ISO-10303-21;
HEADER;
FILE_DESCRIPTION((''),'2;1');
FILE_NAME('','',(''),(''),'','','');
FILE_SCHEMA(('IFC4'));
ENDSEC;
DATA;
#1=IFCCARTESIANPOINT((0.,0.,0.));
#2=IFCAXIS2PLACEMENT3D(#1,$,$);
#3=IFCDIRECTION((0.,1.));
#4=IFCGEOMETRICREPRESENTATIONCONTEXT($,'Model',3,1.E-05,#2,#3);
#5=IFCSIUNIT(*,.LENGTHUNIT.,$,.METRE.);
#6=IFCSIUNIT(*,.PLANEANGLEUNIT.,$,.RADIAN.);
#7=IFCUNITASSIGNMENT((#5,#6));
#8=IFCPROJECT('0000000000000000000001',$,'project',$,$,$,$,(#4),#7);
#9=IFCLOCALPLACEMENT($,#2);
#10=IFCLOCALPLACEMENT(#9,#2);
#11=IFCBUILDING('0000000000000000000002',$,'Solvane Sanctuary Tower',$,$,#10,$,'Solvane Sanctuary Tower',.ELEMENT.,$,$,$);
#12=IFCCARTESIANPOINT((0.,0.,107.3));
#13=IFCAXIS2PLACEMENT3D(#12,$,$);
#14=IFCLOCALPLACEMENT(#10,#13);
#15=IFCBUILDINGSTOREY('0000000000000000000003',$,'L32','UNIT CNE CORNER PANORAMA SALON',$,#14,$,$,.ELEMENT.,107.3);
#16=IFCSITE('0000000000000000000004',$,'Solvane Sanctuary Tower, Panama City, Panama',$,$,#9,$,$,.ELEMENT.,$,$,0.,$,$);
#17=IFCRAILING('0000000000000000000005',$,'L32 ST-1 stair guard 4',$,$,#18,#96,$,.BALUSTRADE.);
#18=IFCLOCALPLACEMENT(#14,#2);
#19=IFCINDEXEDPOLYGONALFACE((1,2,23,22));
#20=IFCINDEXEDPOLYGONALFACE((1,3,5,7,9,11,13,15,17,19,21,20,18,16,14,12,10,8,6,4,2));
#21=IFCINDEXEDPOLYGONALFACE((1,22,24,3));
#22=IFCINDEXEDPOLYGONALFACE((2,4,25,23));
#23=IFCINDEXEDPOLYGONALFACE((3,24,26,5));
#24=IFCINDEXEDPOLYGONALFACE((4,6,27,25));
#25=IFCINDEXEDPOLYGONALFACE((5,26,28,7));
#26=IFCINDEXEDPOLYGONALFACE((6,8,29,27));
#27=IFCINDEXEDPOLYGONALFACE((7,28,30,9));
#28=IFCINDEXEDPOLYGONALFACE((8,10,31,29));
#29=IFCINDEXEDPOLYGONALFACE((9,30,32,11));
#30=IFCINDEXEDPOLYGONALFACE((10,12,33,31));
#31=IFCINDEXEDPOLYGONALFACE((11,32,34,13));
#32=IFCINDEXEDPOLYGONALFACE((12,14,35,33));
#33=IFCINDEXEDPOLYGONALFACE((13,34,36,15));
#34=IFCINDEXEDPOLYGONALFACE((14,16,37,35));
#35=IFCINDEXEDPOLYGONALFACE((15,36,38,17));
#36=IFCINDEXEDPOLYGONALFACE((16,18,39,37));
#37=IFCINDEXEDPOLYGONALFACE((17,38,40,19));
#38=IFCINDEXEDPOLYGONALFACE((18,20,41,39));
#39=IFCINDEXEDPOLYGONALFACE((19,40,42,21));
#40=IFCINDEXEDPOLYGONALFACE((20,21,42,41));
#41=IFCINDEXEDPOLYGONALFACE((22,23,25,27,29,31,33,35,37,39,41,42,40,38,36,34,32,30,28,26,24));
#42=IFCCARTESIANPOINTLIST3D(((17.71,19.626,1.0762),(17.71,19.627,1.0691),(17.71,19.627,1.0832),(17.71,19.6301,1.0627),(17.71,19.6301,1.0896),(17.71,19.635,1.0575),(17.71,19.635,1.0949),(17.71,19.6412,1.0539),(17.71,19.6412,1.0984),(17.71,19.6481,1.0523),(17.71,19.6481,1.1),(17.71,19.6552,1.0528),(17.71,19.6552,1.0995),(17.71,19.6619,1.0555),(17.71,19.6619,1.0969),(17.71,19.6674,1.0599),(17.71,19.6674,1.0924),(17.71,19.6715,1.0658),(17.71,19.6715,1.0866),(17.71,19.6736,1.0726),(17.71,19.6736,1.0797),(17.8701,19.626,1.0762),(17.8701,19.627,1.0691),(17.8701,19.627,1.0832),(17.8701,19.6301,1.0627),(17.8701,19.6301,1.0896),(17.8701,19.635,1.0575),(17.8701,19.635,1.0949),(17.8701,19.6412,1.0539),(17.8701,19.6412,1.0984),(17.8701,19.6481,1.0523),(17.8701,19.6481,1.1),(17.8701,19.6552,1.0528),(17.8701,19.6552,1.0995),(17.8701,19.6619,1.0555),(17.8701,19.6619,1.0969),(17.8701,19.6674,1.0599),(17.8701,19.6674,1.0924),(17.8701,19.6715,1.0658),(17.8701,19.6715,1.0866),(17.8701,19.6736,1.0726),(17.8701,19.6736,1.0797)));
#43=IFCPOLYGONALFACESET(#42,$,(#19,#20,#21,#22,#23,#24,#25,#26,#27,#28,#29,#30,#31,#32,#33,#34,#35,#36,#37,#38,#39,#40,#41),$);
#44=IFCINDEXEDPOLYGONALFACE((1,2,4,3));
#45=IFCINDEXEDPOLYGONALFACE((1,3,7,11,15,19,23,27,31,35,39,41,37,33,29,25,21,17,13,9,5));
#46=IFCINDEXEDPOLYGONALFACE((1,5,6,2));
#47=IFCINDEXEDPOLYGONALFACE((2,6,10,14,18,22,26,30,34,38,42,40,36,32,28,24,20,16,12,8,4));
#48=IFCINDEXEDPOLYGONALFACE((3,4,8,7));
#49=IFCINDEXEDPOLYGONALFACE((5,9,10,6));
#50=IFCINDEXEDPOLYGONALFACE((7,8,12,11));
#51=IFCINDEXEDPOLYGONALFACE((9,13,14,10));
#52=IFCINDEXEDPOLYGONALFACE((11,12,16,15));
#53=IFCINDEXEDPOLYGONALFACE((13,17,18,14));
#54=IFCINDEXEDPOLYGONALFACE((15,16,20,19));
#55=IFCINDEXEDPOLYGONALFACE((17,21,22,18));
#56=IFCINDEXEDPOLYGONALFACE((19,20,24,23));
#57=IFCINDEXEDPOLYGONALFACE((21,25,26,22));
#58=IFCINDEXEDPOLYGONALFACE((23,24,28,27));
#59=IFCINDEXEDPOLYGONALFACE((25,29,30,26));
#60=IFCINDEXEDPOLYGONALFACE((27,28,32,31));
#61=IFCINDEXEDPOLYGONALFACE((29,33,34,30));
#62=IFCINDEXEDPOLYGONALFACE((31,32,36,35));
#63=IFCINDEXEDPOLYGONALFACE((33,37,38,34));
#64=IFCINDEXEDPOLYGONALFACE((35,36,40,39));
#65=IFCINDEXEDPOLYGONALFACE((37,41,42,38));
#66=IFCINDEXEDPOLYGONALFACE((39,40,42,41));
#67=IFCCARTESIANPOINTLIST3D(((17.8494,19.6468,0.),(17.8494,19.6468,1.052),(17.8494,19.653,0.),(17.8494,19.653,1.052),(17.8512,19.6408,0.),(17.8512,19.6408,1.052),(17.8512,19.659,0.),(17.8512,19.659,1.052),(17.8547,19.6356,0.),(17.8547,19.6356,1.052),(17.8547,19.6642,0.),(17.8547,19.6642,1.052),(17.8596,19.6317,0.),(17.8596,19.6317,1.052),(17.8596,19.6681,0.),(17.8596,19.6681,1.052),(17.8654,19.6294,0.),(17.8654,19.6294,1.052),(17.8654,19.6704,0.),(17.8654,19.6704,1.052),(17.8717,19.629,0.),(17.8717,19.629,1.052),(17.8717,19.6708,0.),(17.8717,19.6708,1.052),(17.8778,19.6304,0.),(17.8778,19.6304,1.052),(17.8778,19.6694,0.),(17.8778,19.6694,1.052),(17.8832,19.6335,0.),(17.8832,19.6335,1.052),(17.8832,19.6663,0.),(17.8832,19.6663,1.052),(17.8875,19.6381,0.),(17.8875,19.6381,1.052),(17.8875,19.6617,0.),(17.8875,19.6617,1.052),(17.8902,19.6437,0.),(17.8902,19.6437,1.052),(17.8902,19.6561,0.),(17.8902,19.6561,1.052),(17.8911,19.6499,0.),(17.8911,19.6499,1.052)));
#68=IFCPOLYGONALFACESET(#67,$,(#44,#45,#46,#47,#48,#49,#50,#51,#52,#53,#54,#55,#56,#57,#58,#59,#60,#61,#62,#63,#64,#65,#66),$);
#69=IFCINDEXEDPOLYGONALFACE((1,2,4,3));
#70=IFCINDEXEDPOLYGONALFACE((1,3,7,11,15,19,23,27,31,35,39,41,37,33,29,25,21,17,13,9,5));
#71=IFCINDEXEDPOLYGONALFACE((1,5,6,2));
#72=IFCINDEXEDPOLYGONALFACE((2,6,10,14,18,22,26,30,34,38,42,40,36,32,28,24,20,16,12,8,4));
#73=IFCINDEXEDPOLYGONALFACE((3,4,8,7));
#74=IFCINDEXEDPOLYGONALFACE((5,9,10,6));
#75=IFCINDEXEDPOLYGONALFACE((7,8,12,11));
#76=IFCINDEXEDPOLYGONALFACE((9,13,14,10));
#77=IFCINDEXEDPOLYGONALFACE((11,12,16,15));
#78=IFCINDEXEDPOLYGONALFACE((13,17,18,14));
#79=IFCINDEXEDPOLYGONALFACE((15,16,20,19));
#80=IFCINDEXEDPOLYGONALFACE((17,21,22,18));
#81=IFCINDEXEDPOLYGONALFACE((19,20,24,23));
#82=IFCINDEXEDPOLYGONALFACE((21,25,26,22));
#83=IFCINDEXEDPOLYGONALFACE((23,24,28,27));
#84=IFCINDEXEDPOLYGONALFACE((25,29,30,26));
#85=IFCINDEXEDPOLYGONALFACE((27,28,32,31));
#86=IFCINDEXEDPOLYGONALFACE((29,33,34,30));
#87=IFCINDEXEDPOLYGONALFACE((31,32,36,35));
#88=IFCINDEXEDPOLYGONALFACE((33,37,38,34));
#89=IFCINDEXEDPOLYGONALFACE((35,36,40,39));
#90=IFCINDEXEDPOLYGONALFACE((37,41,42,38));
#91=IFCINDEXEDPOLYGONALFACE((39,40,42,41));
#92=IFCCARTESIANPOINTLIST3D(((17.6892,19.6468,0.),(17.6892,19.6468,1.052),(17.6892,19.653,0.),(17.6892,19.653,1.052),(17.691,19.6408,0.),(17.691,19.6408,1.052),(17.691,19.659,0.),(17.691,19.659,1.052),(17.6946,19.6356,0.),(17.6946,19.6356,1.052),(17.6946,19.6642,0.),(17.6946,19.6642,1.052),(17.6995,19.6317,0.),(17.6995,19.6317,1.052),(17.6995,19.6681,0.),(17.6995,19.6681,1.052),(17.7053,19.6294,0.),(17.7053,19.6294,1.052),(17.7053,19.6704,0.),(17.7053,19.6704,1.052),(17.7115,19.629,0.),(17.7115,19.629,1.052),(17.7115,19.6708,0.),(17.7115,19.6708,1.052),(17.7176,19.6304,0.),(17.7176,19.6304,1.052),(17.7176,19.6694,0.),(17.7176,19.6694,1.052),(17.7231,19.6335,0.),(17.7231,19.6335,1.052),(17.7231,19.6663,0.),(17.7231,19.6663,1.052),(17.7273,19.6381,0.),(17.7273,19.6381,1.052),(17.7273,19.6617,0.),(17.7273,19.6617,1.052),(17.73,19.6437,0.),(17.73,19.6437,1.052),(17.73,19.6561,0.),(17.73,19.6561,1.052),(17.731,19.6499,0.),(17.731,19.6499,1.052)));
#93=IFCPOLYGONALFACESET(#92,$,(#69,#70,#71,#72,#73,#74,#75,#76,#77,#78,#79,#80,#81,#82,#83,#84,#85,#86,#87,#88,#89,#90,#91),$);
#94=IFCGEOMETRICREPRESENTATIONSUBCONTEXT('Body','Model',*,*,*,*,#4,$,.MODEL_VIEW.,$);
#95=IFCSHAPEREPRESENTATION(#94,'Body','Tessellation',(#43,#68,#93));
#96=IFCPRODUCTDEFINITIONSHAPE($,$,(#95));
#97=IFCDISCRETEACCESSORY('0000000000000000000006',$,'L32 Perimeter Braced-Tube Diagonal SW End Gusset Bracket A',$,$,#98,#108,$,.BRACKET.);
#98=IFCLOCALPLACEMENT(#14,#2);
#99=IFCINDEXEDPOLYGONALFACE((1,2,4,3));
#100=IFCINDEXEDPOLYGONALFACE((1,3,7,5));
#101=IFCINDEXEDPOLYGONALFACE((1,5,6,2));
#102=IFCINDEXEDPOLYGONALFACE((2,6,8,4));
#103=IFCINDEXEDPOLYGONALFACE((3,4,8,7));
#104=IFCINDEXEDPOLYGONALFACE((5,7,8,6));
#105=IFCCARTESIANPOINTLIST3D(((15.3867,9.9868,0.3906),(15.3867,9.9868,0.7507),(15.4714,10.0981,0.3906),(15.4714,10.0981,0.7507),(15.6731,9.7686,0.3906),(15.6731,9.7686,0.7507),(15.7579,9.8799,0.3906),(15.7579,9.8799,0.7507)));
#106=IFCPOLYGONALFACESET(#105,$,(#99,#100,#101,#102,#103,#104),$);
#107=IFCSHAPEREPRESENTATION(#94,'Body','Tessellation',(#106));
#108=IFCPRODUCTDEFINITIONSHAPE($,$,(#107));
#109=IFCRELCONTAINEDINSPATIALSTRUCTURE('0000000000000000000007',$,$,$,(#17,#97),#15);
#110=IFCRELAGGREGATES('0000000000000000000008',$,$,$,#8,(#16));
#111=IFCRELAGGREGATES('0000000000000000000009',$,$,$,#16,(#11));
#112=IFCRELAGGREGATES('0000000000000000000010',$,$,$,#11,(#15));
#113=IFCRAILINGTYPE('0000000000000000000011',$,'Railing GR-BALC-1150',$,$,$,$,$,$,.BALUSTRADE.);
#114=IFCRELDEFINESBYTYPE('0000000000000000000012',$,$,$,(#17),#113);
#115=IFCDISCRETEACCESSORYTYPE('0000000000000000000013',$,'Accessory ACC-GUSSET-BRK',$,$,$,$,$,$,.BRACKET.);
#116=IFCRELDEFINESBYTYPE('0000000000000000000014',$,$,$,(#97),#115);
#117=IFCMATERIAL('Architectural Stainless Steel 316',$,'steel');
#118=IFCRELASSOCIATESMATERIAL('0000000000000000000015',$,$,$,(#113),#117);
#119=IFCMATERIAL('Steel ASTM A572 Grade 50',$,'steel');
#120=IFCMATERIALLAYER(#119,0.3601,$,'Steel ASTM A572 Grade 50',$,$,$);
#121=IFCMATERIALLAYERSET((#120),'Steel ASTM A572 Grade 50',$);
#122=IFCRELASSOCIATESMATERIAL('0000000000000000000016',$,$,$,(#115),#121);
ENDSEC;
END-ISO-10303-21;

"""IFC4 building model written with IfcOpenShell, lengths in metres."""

from ifc_helpers import new_model, si_unit, direction, frame, origin, origin_2d, place, context, subcontext, project, spatial, rectangle, circle, extrude, material, layer, layer_set, type_object, element, save


model = new_model("IFC4")

# Units and contexts
model_context = context("Model", 3, precision=1e-05, world=origin(), true_north=direction((0.0, 1.0)))
body_context = subcontext(model_context, "Body", "Model", "MODEL_VIEW")
ifc_project = project(units=[si_unit("LENGTHUNIT", "METRE"), si_unit("PLANEANGLEUNIT", "RADIAN")], contexts=[model_context])

# Site, building, storey
site_placement = place(None, origin())
site = spatial("IfcSite", under=ifc_project, at=site_placement, Name="Solvane Sanctuary Tower, Panama City, Panama", CompositionType="ELEMENT", RefElevation=0.0)
building_placement = place(site_placement, origin())
building = spatial("IfcBuilding", under=site, at=building_placement, Name="Solvane Sanctuary Tower", LongName="Solvane Sanctuary Tower", CompositionType="ELEMENT")
storey_placement = place(building_placement, frame((0.0, 0.0, 107.3)))
storey = spatial("IfcBuildingStorey", under=building, at=storey_placement, Name="L32", Description="UNIT CNE CORNER PANORAMA SALON", CompositionType="ELEMENT", Elevation=107.3)

# Shared definitions
ifc_material_1 = material(Name="Architectural Stainless Steel 316", Category="steel")

# Railing
railing_type = type_object("IfcRailingType", Name="Railing GR-BALC-1150", PredefinedType="BALUSTRADE", material=ifc_material_1)
railing_1_placement = place(storey_placement, frame((17.8701, 19.6499, 0.0)))
element("IfcRailing", 1, at=railing_1_placement, inside=storey, type_object=railing_type, Name="L32 ST-1 stair guard 4", PredefinedType="BALUSTRADE", context=body_context, shape_type="SweptSolid", body=[
    extrude(circle(Radius=0.0239, at=origin_2d()), frame((0.0, 0.0, 1.0762), z_axis=(-1.0, 0.0, 0.0), x_axis=(0.0, -1.0, 0.0)), (0.0, 0.0, 1.0), 0.1602),
    extrude(circle(Radius=0.021, at=origin_2d()), origin(), (0.0, 0.0, 1.0), 1.052),
    extrude(circle(Radius=0.021, at=origin_2d()), frame((-0.1602, 0.0, 0.0)), (0.0, 0.0, 1.0), 1.052),
])

# Discrete accessory
ifc_material_2 = material(Name="Steel ASTM A572 Grade 50", Category="steel")
ifc_layer_1 = layer(ifc_material_2, 0.3601, Name="Steel ASTM A572 Grade 50")
ifc_layer_set_1 = layer_set([ifc_layer_1], Name="Steel ASTM A572 Grade 50")
discrete_accessory_type = type_object("IfcDiscreteAccessoryType", Name="Accessory ACC-GUSSET-BRK", PredefinedType="BRACKET", material=ifc_layer_set_1)
discrete_accessory_placement = place(storey_placement, frame((15.5723, 9.9333, 0.3906), z_axis=(0.0, 0.0, 1.0), x_axis=(0.795473, -0.605988, 0.0)))
element("IfcDiscreteAccessory", 2, at=discrete_accessory_placement, inside=storey, type_object=discrete_accessory_type, Name="L32 Perimeter Braced-Tube Diagonal SW End Gusset Bracket A", PredefinedType="BRACKET", context=body_context, shape_type="SweptSolid", body=[
    extrude(rectangle(XDim=0.3601, YDim=0.1399, at=origin_2d()), origin(), (0.0, 0.0, 1.0), 0.3601),
])

save(model, "model.ifc")
